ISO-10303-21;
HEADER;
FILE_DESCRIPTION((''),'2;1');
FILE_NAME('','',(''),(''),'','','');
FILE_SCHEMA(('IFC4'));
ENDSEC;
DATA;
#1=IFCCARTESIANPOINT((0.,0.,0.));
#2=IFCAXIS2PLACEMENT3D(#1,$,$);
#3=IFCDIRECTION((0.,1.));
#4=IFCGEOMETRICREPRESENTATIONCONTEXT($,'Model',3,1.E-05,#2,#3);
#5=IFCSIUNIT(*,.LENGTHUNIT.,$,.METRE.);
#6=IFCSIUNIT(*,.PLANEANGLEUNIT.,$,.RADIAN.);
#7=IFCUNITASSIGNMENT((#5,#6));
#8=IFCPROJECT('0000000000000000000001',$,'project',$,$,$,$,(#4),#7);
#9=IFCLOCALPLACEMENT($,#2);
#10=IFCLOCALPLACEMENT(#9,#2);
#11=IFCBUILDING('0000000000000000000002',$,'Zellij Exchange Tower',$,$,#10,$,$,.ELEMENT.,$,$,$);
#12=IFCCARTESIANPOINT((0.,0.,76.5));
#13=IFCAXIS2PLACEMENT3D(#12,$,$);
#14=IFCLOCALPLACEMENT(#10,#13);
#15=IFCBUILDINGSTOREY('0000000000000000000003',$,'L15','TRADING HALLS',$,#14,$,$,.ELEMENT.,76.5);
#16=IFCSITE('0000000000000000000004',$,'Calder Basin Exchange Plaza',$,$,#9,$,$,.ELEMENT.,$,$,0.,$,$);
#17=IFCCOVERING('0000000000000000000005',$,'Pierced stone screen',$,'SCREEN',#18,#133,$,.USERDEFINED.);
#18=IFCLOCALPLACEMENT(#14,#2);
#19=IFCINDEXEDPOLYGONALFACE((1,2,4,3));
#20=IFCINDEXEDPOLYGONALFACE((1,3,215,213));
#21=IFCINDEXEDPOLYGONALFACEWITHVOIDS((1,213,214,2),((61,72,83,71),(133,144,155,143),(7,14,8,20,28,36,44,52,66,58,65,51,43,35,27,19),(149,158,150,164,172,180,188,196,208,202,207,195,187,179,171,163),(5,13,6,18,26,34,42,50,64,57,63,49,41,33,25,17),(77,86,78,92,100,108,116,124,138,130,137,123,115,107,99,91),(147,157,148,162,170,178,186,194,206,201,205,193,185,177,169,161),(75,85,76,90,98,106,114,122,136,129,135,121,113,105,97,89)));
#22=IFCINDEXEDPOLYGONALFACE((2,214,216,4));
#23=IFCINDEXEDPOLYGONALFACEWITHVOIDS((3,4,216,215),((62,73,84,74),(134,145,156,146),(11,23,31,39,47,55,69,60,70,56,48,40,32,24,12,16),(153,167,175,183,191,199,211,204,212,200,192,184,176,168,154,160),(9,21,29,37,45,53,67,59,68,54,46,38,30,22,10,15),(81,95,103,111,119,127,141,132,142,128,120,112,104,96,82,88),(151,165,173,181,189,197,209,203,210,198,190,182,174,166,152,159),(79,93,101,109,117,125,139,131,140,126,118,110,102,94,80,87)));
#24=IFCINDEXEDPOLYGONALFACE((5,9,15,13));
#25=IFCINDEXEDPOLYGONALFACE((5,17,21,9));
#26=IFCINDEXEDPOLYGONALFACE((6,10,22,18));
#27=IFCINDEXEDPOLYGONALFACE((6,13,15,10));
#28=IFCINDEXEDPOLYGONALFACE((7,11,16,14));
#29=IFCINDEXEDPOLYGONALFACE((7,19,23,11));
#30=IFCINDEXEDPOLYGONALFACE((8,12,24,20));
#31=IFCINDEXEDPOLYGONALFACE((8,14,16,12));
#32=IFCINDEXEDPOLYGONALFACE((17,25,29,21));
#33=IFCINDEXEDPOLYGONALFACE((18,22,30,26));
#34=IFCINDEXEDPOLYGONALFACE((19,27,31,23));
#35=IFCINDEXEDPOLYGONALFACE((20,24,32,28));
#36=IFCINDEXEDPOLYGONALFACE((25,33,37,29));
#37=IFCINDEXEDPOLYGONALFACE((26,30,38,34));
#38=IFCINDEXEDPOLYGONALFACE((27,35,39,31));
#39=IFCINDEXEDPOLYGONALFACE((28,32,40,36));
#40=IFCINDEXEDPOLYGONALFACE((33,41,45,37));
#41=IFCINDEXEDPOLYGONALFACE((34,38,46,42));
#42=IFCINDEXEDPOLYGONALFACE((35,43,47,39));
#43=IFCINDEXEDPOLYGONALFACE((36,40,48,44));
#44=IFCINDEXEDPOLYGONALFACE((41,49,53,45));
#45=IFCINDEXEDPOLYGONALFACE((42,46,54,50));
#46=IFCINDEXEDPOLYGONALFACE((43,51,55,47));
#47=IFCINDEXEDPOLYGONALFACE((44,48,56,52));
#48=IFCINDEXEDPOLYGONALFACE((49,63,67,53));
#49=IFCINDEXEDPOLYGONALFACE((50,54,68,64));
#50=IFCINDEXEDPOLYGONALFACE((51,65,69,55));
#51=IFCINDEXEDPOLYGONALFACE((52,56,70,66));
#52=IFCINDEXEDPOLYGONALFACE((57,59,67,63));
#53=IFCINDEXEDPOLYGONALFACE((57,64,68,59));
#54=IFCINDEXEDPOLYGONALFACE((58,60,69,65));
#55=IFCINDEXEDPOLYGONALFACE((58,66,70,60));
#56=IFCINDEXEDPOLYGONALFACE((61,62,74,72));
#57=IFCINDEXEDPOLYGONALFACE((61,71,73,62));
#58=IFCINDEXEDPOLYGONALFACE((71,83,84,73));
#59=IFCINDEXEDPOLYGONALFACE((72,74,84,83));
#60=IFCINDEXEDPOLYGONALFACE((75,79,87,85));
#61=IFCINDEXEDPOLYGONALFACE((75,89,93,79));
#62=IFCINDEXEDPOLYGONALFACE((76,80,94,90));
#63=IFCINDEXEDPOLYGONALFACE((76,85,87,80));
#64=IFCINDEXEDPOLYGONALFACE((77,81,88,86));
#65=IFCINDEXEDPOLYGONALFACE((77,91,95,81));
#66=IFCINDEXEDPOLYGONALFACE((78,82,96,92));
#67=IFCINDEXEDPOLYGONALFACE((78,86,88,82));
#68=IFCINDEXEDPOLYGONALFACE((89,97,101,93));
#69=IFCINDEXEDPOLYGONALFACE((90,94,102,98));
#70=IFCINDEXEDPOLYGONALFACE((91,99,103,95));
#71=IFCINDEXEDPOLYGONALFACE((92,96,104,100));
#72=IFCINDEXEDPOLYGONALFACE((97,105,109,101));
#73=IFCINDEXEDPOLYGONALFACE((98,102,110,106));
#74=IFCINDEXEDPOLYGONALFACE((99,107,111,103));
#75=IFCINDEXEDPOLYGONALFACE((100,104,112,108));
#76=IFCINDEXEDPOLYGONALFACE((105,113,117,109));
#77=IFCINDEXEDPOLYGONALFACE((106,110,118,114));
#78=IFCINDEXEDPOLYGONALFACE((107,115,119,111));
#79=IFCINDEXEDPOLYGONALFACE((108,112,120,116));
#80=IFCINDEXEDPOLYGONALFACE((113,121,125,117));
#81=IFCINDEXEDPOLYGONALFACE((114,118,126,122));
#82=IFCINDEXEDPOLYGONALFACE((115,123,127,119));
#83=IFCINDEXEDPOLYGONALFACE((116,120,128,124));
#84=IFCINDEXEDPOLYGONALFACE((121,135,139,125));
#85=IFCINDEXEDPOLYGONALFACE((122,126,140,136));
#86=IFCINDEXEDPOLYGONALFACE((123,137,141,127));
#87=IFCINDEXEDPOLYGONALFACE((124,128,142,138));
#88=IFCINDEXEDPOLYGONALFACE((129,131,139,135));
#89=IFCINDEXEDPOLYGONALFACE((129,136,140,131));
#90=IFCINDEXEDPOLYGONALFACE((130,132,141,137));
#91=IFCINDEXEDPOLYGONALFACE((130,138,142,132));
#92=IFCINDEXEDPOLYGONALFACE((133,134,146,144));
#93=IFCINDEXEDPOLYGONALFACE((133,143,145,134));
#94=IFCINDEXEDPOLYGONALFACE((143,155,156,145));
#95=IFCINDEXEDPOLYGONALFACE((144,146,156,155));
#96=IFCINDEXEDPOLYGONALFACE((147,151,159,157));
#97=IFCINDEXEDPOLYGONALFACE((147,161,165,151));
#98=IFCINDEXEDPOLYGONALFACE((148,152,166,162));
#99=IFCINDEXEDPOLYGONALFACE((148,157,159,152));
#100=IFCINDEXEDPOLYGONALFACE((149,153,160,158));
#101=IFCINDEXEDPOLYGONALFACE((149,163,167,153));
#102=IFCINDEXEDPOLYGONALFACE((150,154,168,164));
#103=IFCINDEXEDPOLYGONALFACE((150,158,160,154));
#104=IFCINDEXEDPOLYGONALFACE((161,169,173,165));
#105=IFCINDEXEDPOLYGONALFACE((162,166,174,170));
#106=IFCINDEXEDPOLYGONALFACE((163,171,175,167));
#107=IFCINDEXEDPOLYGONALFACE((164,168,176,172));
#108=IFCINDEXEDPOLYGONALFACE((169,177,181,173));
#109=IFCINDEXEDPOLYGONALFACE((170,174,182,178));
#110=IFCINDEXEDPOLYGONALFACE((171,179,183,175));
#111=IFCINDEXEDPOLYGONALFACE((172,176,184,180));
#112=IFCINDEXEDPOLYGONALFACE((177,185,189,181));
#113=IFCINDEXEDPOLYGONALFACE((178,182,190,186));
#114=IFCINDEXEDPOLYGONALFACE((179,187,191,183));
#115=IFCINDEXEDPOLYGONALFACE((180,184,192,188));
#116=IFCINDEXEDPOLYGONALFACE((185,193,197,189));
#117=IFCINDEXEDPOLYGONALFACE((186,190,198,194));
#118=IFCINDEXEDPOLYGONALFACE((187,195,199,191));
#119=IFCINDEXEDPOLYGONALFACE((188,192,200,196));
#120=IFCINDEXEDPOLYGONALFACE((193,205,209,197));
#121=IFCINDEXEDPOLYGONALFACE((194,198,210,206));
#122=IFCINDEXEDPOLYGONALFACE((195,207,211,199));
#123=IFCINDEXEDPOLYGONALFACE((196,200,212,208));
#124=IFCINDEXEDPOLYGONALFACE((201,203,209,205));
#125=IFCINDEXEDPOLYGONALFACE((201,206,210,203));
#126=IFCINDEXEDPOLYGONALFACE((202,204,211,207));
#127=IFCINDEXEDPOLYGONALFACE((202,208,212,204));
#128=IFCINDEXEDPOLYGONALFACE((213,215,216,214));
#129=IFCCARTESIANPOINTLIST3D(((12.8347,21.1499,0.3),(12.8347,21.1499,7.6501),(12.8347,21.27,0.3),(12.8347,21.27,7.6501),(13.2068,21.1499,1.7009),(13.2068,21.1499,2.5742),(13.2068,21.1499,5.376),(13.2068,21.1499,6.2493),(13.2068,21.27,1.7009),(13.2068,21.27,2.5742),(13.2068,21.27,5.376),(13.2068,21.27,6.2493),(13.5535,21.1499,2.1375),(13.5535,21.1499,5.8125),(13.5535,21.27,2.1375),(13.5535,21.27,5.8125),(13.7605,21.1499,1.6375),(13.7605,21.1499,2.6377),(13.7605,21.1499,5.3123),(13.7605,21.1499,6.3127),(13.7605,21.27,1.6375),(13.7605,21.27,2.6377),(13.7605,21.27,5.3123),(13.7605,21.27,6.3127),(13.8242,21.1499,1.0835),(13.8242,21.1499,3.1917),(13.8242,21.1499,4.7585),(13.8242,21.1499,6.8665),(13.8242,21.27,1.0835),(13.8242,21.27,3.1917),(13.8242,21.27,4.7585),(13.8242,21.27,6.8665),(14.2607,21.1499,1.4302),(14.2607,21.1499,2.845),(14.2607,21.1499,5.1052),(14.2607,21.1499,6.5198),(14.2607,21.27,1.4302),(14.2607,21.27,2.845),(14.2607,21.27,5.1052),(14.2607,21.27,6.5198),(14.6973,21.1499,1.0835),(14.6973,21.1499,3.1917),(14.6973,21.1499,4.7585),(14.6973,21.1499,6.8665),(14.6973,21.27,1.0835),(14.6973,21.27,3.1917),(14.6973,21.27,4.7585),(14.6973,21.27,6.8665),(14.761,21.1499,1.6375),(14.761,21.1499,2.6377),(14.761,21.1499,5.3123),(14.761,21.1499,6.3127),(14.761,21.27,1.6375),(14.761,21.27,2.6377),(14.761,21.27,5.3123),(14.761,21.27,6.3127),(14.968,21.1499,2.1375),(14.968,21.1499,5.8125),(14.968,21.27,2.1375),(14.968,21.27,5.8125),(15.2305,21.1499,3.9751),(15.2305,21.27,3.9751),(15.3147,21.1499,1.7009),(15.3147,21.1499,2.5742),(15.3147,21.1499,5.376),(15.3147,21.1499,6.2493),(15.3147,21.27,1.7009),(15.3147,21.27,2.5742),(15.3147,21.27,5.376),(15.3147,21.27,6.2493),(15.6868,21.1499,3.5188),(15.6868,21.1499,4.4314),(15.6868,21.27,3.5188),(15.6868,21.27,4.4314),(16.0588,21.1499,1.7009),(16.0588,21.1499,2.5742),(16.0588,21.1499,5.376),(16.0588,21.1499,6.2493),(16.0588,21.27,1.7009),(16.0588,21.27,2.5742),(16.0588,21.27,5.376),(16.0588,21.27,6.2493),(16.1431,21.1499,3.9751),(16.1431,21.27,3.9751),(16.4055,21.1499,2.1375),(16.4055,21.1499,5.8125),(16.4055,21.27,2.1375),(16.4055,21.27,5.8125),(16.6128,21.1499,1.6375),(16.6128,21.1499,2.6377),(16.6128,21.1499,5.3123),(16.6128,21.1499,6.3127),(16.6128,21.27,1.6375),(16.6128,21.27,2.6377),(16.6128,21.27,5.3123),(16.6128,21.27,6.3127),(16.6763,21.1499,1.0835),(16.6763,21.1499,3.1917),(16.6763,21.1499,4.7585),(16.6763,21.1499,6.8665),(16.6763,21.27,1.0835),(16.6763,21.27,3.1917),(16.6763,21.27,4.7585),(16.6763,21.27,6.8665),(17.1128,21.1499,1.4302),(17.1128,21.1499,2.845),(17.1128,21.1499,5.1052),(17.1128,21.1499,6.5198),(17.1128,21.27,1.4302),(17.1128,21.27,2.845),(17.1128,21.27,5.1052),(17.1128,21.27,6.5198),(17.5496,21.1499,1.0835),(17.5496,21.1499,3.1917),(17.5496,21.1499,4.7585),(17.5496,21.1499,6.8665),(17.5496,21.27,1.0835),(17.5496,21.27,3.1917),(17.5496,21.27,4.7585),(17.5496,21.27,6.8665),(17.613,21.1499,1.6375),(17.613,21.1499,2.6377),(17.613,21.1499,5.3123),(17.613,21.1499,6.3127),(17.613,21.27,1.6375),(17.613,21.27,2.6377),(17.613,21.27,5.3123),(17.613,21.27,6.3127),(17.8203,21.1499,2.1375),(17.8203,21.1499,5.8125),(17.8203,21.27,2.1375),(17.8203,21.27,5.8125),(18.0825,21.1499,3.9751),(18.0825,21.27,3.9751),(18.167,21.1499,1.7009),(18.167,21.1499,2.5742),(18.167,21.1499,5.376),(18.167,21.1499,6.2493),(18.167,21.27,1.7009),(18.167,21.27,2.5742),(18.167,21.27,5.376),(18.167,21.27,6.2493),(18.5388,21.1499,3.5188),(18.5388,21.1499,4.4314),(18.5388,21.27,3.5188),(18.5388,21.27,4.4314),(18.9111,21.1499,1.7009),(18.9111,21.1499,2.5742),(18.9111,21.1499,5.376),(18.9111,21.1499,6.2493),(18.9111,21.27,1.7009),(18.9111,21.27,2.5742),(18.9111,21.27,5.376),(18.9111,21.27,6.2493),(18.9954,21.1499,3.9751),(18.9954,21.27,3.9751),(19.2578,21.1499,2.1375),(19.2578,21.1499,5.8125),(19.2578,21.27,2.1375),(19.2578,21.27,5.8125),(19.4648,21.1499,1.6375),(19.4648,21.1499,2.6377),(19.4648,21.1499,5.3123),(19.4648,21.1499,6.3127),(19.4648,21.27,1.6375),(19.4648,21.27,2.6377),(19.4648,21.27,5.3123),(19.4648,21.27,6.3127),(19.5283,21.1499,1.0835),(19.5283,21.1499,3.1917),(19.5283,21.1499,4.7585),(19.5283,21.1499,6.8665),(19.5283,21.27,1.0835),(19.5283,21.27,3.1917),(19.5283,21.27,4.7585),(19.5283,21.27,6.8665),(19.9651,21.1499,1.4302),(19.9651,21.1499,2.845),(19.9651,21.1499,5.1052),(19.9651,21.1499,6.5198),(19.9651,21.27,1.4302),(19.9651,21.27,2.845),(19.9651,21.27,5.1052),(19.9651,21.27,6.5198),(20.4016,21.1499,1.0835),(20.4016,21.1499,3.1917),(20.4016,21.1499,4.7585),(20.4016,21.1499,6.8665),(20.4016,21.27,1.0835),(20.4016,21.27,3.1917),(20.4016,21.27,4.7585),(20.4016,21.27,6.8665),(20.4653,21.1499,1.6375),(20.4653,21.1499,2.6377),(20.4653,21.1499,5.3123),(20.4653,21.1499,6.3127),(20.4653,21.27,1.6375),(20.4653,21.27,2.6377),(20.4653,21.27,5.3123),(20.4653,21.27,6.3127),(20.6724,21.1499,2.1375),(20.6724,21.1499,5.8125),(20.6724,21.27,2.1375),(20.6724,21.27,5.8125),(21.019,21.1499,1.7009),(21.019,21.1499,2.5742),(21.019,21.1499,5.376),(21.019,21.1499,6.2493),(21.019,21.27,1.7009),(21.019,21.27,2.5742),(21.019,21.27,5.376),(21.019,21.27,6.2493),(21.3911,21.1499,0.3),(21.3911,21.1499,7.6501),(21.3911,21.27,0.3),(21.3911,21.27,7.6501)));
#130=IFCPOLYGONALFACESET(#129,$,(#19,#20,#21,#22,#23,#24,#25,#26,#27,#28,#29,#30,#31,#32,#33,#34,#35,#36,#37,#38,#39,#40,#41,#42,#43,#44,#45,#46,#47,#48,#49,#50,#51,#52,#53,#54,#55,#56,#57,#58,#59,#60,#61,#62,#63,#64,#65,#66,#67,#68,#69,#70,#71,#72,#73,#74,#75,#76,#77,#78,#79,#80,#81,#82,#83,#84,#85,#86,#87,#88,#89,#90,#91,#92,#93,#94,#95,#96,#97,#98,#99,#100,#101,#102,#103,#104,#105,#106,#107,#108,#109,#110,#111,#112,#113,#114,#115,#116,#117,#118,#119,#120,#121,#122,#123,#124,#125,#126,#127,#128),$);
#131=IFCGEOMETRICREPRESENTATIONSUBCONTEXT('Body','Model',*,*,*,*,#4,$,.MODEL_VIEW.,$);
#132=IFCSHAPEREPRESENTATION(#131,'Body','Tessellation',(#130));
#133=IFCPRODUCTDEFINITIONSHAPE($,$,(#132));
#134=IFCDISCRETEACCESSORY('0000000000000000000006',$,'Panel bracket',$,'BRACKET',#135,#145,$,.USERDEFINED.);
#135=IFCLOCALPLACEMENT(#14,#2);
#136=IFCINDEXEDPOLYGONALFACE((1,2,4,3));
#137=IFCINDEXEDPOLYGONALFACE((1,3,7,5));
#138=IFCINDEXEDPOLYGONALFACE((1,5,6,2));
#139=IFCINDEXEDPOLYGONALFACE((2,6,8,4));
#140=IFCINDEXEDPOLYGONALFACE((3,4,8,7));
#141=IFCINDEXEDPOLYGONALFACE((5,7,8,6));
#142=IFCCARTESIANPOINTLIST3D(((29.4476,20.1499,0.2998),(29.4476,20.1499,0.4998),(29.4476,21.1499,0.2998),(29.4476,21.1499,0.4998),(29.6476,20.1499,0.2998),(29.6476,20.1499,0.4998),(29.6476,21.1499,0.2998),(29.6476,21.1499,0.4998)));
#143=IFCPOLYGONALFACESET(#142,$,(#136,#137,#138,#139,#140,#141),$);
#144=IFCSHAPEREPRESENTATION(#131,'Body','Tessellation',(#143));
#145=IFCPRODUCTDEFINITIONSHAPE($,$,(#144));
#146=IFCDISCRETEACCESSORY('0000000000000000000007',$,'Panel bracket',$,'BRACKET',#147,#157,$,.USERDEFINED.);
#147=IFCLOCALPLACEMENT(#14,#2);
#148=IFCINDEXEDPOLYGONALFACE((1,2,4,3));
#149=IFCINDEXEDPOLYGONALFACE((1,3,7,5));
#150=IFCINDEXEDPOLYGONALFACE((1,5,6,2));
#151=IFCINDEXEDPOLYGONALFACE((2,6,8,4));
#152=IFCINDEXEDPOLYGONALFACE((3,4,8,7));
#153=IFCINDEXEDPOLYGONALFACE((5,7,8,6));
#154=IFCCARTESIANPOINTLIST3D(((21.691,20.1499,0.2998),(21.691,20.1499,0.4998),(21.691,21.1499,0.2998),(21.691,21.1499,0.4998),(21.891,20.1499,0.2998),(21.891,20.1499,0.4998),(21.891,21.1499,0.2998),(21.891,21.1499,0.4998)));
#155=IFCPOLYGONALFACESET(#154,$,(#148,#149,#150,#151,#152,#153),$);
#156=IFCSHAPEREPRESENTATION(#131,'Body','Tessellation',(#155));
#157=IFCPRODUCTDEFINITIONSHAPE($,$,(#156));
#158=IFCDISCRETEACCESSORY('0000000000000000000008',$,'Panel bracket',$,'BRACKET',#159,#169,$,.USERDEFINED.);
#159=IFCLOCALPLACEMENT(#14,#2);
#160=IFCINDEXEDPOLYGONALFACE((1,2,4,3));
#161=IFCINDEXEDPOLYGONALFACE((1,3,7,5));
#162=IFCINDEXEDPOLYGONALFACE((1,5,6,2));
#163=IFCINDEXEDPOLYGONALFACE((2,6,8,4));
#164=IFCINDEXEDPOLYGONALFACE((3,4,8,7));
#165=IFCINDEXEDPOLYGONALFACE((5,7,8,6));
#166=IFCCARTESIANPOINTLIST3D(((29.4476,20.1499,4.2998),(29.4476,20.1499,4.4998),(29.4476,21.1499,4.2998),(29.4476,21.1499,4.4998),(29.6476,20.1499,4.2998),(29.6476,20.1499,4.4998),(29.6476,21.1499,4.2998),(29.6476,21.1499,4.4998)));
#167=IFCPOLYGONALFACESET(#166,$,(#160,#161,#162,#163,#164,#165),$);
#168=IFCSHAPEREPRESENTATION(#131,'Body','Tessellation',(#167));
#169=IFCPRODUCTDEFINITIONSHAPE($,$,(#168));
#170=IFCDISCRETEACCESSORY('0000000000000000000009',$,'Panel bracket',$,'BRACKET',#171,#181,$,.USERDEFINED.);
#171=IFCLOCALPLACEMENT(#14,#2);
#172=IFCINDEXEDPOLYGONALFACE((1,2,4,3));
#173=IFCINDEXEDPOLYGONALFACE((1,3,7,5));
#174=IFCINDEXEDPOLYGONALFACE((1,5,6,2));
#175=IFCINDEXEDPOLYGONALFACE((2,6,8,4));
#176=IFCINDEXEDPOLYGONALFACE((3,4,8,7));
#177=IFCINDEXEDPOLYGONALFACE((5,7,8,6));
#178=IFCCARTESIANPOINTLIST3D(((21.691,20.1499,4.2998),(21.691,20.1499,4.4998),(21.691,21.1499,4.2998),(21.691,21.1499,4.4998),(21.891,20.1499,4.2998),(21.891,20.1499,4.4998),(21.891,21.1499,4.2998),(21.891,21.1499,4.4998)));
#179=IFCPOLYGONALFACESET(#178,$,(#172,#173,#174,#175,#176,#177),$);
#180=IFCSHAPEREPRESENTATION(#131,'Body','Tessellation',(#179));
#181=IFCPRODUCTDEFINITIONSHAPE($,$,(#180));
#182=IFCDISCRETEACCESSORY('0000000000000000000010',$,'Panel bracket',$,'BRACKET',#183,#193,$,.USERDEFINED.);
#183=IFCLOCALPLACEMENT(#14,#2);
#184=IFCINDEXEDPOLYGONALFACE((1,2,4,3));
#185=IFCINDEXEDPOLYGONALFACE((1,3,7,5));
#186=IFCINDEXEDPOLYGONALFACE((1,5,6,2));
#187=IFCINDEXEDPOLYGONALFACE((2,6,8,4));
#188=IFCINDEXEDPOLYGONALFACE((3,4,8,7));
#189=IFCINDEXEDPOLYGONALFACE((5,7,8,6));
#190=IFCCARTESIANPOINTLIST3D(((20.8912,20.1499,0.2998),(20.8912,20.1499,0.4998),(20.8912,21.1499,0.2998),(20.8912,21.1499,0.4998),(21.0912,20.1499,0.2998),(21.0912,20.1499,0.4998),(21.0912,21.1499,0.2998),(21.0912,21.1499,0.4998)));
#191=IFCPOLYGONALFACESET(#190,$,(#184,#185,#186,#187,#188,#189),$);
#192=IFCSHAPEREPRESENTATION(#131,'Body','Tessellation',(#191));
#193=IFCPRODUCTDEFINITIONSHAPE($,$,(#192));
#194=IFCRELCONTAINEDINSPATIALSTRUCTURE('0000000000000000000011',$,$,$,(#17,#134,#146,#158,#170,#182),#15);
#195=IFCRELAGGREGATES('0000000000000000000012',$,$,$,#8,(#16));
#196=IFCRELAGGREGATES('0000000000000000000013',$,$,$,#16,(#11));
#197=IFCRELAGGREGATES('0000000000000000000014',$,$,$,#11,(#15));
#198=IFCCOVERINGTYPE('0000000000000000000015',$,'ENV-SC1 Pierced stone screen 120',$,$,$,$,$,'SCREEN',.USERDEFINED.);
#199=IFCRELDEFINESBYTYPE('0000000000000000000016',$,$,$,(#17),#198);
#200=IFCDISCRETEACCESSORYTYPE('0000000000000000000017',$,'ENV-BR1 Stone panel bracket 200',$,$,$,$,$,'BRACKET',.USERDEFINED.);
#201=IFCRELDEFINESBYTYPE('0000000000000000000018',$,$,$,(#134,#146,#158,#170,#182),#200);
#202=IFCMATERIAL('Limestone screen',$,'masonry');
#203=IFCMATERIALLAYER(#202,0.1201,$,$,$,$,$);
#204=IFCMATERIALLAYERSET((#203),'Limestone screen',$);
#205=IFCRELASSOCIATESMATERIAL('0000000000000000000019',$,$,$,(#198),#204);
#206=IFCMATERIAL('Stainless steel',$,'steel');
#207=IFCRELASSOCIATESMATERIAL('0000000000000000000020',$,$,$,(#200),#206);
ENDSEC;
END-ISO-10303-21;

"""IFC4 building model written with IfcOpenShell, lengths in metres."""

from ifc_helpers import new_model, si_unit, direction, frame, origin, origin_2d, place, context, subcontext, project, spatial, polyline, rectangle, outline, extrude, material, layer, layer_set, type_object, element, save


model = new_model("IFC4")

# Units and contexts
model_context = context("Model", 3, precision=1e-05, world=origin(), true_north=direction((0.0, 1.0)))
body_context = subcontext(model_context, "Body", "Model", "MODEL_VIEW")
ifc_project = project(units=[si_unit("LENGTHUNIT", "METRE"), si_unit("PLANEANGLEUNIT", "RADIAN")], contexts=[model_context])

# Site, building, storey
site_placement = place(None, origin())
site = spatial("IfcSite", under=ifc_project, at=site_placement, Name="Calder Basin Exchange Plaza", CompositionType="ELEMENT", RefElevation=0.0)
building_placement = place(site_placement, origin())
building = spatial("IfcBuilding", under=site, at=building_placement, Name="Zellij Exchange Tower", CompositionType="ELEMENT")
storey_placement = place(building_placement, frame((0.0, 0.0, 76.5)))
storey = spatial("IfcBuildingStorey", under=building, at=storey_placement, Name="L15", Description="TRADING HALLS", CompositionType="ELEMENT", Elevation=76.5)

# Covering
ifc_material_1 = material(Name="Limestone screen", Category="masonry")
ifc_layer_1 = layer(ifc_material_1, 0.1201)
ifc_layer_set_1 = layer_set([ifc_layer_1], Name="Limestone screen")
covering_type = type_object("IfcCoveringType", Name="ENV-SC1 Pierced stone screen 120", ElementType="SCREEN", PredefinedType="USERDEFINED", material=ifc_layer_set_1)
covering_1_placement = place(storey_placement, frame((21.3911, 21.21, 0.3), z_axis=(0.0, 0.0, 1.0), x_axis=(-1.0, 0.0, 0.0)))
element("IfcCovering", 1, at=covering_1_placement, inside=storey, type_object=covering_type, Name="Pierced stone screen", ObjectType="SCREEN", PredefinedType="USERDEFINED", context=body_context, shape_type="SweptSolid", body=[
    extrude(outline(polyline([(0.0, 0.0), (8.5564, 0.0), (8.5564, 7.3501), (0.0, 7.3501), (0.0, 0.0)]), holes=[polyline([(2.48, 2.2742), (1.9263, 2.3376), (1.8628, 2.8916), (1.426, 2.5449), (0.9895, 2.8916), (0.9258, 2.3376), (0.3721, 2.2742), (0.7188, 1.8374), (0.3721, 1.4009), (0.9258, 1.3374), (0.9895, 0.7834), (1.426, 1.1301), (1.8628, 0.7834), (1.9263, 1.3374), (2.48, 1.4009), (2.1333, 1.8374), (2.48, 2.2742)]), polyline([(2.48, 5.9492), (1.9263, 6.0127), (1.8628, 6.5664), (1.426, 6.2197), (0.9895, 6.5664), (0.9258, 6.0127), (0.3721, 5.9492), (0.7188, 5.5125), (0.3721, 5.0759), (0.9258, 5.0122), (0.9895, 4.4585), (1.426, 4.8052), (1.8628, 4.4585), (1.9263, 5.0122), (2.48, 5.0759), (2.1333, 5.5125), (2.48, 5.9492)]), polyline([(5.3323, 2.2742), (4.7783, 2.3376), (4.7148, 2.8916), (4.2783, 2.5449), (3.8416, 2.8916), (3.7781, 2.3376), (3.2241, 2.2742), (3.5708, 1.8374), (3.2241, 1.4009), (3.7781, 1.3374), (3.8416, 0.7834), (4.2783, 1.1301), (4.7148, 0.7834), (4.7783, 1.3374), (5.3323, 1.4009), (4.9856, 1.8374), (5.3323, 2.2742)]), polyline([(5.3323, 5.9492), (4.7783, 6.0127), (4.7148, 6.5664), (4.2783, 6.2197), (3.8416, 6.5664), (3.7781, 6.0127), (3.2241, 5.9492), (3.5708, 5.5125), (3.2241, 5.0759), (3.7781, 5.0122), (3.8416, 4.4585), (4.2783, 4.8052), (4.7148, 4.4585), (4.7783, 5.0122), (5.3323, 5.0759), (4.9856, 5.5125), (5.3323, 5.9492)]), polyline([(8.1843, 2.2742), (7.6306, 2.3376), (7.5669, 2.8916), (7.1304, 2.5449), (6.6938, 2.8916), (6.6301, 2.3376), (6.0764, 2.2742), (6.4231, 1.8374), (6.0764, 1.4009), (6.6301, 1.3374), (6.6938, 0.7834), (7.1304, 1.1301), (7.5669, 0.7834), (7.6306, 1.3374), (8.1843, 1.4009), (7.8376, 1.8374), (8.1843, 2.2742)]), polyline([(8.1843, 5.9492), (7.6306, 6.0127), (7.5669, 6.5664), (7.1304, 6.2197), (6.6938, 6.5664), (6.6301, 6.0127), (6.0764, 5.9492), (6.4231, 5.5125), (6.0764, 5.0759), (6.6301, 5.0122), (6.6938, 4.4585), (7.1304, 4.8052), (7.5669, 4.4585), (7.6306, 5.0122), (8.1843, 5.0759), (7.8376, 5.5125), (8.1843, 5.9492)]), polyline([(3.3086, 3.675), (2.8523, 4.1313), (2.3958, 3.675), (2.8523, 3.2188), (3.3086, 3.675)]), polyline([(6.1606, 3.675), (5.7043, 4.1313), (5.248, 3.675), (5.7043, 3.2188), (6.1606, 3.675)])]), frame((0.0, 0.0601, 0.0), z_axis=(0.0, -1.0, 0.0), x_axis=(1.0, 0.0, 0.0)), (0.0, 0.0, 1.0), 0.1201),
])

# Discrete accessories
ifc_material_2 = material(Name="Stainless steel", Category="steel")
discrete_accessory_type = type_object("IfcDiscreteAccessoryType", Name="ENV-BR1 Stone panel bracket 200", ElementType="BRACKET", PredefinedType="USERDEFINED", material=ifc_material_2)
for number, where, z_axis, x_axis, name in (
    (2, (29.5476, 20.6499, 0.2998), (0.0, 0.0, 1.0), (-1.0, 0.0, 0.0), "Panel bracket"),
    (3, (21.791, 20.6499, 0.2998), (0.0, 0.0, 1.0), (-1.0, 0.0, 0.0), "Panel bracket"),
    (4, (29.5476, 20.6499, 4.2998), (0.0, 0.0, 1.0), (-1.0, 0.0, 0.0), "Panel bracket"),
    (5, (21.791, 20.6499, 4.2998), (0.0, 0.0, 1.0), (-1.0, 0.0, 0.0), "Panel bracket"),
    (6, (20.9912, 20.6499, 0.2998), (0.0, 0.0, 1.0), (-1.0, 0.0, 0.0), "Panel bracket"),
):
    element("IfcDiscreteAccessory", number, at=place(storey_placement, frame(where, z_axis=z_axis, x_axis=x_axis)), inside=storey, type_object=discrete_accessory_type, Name=name, ObjectType="BRACKET", PredefinedType="USERDEFINED", context=body_context, shape_type="SweptSolid", body=[
        extrude(rectangle(XDim=0.2, YDim=1.0, at=origin_2d()), origin(), (0.0, 0.0, 1.0), 0.2),
    ])

save(model, "model.ifc")
